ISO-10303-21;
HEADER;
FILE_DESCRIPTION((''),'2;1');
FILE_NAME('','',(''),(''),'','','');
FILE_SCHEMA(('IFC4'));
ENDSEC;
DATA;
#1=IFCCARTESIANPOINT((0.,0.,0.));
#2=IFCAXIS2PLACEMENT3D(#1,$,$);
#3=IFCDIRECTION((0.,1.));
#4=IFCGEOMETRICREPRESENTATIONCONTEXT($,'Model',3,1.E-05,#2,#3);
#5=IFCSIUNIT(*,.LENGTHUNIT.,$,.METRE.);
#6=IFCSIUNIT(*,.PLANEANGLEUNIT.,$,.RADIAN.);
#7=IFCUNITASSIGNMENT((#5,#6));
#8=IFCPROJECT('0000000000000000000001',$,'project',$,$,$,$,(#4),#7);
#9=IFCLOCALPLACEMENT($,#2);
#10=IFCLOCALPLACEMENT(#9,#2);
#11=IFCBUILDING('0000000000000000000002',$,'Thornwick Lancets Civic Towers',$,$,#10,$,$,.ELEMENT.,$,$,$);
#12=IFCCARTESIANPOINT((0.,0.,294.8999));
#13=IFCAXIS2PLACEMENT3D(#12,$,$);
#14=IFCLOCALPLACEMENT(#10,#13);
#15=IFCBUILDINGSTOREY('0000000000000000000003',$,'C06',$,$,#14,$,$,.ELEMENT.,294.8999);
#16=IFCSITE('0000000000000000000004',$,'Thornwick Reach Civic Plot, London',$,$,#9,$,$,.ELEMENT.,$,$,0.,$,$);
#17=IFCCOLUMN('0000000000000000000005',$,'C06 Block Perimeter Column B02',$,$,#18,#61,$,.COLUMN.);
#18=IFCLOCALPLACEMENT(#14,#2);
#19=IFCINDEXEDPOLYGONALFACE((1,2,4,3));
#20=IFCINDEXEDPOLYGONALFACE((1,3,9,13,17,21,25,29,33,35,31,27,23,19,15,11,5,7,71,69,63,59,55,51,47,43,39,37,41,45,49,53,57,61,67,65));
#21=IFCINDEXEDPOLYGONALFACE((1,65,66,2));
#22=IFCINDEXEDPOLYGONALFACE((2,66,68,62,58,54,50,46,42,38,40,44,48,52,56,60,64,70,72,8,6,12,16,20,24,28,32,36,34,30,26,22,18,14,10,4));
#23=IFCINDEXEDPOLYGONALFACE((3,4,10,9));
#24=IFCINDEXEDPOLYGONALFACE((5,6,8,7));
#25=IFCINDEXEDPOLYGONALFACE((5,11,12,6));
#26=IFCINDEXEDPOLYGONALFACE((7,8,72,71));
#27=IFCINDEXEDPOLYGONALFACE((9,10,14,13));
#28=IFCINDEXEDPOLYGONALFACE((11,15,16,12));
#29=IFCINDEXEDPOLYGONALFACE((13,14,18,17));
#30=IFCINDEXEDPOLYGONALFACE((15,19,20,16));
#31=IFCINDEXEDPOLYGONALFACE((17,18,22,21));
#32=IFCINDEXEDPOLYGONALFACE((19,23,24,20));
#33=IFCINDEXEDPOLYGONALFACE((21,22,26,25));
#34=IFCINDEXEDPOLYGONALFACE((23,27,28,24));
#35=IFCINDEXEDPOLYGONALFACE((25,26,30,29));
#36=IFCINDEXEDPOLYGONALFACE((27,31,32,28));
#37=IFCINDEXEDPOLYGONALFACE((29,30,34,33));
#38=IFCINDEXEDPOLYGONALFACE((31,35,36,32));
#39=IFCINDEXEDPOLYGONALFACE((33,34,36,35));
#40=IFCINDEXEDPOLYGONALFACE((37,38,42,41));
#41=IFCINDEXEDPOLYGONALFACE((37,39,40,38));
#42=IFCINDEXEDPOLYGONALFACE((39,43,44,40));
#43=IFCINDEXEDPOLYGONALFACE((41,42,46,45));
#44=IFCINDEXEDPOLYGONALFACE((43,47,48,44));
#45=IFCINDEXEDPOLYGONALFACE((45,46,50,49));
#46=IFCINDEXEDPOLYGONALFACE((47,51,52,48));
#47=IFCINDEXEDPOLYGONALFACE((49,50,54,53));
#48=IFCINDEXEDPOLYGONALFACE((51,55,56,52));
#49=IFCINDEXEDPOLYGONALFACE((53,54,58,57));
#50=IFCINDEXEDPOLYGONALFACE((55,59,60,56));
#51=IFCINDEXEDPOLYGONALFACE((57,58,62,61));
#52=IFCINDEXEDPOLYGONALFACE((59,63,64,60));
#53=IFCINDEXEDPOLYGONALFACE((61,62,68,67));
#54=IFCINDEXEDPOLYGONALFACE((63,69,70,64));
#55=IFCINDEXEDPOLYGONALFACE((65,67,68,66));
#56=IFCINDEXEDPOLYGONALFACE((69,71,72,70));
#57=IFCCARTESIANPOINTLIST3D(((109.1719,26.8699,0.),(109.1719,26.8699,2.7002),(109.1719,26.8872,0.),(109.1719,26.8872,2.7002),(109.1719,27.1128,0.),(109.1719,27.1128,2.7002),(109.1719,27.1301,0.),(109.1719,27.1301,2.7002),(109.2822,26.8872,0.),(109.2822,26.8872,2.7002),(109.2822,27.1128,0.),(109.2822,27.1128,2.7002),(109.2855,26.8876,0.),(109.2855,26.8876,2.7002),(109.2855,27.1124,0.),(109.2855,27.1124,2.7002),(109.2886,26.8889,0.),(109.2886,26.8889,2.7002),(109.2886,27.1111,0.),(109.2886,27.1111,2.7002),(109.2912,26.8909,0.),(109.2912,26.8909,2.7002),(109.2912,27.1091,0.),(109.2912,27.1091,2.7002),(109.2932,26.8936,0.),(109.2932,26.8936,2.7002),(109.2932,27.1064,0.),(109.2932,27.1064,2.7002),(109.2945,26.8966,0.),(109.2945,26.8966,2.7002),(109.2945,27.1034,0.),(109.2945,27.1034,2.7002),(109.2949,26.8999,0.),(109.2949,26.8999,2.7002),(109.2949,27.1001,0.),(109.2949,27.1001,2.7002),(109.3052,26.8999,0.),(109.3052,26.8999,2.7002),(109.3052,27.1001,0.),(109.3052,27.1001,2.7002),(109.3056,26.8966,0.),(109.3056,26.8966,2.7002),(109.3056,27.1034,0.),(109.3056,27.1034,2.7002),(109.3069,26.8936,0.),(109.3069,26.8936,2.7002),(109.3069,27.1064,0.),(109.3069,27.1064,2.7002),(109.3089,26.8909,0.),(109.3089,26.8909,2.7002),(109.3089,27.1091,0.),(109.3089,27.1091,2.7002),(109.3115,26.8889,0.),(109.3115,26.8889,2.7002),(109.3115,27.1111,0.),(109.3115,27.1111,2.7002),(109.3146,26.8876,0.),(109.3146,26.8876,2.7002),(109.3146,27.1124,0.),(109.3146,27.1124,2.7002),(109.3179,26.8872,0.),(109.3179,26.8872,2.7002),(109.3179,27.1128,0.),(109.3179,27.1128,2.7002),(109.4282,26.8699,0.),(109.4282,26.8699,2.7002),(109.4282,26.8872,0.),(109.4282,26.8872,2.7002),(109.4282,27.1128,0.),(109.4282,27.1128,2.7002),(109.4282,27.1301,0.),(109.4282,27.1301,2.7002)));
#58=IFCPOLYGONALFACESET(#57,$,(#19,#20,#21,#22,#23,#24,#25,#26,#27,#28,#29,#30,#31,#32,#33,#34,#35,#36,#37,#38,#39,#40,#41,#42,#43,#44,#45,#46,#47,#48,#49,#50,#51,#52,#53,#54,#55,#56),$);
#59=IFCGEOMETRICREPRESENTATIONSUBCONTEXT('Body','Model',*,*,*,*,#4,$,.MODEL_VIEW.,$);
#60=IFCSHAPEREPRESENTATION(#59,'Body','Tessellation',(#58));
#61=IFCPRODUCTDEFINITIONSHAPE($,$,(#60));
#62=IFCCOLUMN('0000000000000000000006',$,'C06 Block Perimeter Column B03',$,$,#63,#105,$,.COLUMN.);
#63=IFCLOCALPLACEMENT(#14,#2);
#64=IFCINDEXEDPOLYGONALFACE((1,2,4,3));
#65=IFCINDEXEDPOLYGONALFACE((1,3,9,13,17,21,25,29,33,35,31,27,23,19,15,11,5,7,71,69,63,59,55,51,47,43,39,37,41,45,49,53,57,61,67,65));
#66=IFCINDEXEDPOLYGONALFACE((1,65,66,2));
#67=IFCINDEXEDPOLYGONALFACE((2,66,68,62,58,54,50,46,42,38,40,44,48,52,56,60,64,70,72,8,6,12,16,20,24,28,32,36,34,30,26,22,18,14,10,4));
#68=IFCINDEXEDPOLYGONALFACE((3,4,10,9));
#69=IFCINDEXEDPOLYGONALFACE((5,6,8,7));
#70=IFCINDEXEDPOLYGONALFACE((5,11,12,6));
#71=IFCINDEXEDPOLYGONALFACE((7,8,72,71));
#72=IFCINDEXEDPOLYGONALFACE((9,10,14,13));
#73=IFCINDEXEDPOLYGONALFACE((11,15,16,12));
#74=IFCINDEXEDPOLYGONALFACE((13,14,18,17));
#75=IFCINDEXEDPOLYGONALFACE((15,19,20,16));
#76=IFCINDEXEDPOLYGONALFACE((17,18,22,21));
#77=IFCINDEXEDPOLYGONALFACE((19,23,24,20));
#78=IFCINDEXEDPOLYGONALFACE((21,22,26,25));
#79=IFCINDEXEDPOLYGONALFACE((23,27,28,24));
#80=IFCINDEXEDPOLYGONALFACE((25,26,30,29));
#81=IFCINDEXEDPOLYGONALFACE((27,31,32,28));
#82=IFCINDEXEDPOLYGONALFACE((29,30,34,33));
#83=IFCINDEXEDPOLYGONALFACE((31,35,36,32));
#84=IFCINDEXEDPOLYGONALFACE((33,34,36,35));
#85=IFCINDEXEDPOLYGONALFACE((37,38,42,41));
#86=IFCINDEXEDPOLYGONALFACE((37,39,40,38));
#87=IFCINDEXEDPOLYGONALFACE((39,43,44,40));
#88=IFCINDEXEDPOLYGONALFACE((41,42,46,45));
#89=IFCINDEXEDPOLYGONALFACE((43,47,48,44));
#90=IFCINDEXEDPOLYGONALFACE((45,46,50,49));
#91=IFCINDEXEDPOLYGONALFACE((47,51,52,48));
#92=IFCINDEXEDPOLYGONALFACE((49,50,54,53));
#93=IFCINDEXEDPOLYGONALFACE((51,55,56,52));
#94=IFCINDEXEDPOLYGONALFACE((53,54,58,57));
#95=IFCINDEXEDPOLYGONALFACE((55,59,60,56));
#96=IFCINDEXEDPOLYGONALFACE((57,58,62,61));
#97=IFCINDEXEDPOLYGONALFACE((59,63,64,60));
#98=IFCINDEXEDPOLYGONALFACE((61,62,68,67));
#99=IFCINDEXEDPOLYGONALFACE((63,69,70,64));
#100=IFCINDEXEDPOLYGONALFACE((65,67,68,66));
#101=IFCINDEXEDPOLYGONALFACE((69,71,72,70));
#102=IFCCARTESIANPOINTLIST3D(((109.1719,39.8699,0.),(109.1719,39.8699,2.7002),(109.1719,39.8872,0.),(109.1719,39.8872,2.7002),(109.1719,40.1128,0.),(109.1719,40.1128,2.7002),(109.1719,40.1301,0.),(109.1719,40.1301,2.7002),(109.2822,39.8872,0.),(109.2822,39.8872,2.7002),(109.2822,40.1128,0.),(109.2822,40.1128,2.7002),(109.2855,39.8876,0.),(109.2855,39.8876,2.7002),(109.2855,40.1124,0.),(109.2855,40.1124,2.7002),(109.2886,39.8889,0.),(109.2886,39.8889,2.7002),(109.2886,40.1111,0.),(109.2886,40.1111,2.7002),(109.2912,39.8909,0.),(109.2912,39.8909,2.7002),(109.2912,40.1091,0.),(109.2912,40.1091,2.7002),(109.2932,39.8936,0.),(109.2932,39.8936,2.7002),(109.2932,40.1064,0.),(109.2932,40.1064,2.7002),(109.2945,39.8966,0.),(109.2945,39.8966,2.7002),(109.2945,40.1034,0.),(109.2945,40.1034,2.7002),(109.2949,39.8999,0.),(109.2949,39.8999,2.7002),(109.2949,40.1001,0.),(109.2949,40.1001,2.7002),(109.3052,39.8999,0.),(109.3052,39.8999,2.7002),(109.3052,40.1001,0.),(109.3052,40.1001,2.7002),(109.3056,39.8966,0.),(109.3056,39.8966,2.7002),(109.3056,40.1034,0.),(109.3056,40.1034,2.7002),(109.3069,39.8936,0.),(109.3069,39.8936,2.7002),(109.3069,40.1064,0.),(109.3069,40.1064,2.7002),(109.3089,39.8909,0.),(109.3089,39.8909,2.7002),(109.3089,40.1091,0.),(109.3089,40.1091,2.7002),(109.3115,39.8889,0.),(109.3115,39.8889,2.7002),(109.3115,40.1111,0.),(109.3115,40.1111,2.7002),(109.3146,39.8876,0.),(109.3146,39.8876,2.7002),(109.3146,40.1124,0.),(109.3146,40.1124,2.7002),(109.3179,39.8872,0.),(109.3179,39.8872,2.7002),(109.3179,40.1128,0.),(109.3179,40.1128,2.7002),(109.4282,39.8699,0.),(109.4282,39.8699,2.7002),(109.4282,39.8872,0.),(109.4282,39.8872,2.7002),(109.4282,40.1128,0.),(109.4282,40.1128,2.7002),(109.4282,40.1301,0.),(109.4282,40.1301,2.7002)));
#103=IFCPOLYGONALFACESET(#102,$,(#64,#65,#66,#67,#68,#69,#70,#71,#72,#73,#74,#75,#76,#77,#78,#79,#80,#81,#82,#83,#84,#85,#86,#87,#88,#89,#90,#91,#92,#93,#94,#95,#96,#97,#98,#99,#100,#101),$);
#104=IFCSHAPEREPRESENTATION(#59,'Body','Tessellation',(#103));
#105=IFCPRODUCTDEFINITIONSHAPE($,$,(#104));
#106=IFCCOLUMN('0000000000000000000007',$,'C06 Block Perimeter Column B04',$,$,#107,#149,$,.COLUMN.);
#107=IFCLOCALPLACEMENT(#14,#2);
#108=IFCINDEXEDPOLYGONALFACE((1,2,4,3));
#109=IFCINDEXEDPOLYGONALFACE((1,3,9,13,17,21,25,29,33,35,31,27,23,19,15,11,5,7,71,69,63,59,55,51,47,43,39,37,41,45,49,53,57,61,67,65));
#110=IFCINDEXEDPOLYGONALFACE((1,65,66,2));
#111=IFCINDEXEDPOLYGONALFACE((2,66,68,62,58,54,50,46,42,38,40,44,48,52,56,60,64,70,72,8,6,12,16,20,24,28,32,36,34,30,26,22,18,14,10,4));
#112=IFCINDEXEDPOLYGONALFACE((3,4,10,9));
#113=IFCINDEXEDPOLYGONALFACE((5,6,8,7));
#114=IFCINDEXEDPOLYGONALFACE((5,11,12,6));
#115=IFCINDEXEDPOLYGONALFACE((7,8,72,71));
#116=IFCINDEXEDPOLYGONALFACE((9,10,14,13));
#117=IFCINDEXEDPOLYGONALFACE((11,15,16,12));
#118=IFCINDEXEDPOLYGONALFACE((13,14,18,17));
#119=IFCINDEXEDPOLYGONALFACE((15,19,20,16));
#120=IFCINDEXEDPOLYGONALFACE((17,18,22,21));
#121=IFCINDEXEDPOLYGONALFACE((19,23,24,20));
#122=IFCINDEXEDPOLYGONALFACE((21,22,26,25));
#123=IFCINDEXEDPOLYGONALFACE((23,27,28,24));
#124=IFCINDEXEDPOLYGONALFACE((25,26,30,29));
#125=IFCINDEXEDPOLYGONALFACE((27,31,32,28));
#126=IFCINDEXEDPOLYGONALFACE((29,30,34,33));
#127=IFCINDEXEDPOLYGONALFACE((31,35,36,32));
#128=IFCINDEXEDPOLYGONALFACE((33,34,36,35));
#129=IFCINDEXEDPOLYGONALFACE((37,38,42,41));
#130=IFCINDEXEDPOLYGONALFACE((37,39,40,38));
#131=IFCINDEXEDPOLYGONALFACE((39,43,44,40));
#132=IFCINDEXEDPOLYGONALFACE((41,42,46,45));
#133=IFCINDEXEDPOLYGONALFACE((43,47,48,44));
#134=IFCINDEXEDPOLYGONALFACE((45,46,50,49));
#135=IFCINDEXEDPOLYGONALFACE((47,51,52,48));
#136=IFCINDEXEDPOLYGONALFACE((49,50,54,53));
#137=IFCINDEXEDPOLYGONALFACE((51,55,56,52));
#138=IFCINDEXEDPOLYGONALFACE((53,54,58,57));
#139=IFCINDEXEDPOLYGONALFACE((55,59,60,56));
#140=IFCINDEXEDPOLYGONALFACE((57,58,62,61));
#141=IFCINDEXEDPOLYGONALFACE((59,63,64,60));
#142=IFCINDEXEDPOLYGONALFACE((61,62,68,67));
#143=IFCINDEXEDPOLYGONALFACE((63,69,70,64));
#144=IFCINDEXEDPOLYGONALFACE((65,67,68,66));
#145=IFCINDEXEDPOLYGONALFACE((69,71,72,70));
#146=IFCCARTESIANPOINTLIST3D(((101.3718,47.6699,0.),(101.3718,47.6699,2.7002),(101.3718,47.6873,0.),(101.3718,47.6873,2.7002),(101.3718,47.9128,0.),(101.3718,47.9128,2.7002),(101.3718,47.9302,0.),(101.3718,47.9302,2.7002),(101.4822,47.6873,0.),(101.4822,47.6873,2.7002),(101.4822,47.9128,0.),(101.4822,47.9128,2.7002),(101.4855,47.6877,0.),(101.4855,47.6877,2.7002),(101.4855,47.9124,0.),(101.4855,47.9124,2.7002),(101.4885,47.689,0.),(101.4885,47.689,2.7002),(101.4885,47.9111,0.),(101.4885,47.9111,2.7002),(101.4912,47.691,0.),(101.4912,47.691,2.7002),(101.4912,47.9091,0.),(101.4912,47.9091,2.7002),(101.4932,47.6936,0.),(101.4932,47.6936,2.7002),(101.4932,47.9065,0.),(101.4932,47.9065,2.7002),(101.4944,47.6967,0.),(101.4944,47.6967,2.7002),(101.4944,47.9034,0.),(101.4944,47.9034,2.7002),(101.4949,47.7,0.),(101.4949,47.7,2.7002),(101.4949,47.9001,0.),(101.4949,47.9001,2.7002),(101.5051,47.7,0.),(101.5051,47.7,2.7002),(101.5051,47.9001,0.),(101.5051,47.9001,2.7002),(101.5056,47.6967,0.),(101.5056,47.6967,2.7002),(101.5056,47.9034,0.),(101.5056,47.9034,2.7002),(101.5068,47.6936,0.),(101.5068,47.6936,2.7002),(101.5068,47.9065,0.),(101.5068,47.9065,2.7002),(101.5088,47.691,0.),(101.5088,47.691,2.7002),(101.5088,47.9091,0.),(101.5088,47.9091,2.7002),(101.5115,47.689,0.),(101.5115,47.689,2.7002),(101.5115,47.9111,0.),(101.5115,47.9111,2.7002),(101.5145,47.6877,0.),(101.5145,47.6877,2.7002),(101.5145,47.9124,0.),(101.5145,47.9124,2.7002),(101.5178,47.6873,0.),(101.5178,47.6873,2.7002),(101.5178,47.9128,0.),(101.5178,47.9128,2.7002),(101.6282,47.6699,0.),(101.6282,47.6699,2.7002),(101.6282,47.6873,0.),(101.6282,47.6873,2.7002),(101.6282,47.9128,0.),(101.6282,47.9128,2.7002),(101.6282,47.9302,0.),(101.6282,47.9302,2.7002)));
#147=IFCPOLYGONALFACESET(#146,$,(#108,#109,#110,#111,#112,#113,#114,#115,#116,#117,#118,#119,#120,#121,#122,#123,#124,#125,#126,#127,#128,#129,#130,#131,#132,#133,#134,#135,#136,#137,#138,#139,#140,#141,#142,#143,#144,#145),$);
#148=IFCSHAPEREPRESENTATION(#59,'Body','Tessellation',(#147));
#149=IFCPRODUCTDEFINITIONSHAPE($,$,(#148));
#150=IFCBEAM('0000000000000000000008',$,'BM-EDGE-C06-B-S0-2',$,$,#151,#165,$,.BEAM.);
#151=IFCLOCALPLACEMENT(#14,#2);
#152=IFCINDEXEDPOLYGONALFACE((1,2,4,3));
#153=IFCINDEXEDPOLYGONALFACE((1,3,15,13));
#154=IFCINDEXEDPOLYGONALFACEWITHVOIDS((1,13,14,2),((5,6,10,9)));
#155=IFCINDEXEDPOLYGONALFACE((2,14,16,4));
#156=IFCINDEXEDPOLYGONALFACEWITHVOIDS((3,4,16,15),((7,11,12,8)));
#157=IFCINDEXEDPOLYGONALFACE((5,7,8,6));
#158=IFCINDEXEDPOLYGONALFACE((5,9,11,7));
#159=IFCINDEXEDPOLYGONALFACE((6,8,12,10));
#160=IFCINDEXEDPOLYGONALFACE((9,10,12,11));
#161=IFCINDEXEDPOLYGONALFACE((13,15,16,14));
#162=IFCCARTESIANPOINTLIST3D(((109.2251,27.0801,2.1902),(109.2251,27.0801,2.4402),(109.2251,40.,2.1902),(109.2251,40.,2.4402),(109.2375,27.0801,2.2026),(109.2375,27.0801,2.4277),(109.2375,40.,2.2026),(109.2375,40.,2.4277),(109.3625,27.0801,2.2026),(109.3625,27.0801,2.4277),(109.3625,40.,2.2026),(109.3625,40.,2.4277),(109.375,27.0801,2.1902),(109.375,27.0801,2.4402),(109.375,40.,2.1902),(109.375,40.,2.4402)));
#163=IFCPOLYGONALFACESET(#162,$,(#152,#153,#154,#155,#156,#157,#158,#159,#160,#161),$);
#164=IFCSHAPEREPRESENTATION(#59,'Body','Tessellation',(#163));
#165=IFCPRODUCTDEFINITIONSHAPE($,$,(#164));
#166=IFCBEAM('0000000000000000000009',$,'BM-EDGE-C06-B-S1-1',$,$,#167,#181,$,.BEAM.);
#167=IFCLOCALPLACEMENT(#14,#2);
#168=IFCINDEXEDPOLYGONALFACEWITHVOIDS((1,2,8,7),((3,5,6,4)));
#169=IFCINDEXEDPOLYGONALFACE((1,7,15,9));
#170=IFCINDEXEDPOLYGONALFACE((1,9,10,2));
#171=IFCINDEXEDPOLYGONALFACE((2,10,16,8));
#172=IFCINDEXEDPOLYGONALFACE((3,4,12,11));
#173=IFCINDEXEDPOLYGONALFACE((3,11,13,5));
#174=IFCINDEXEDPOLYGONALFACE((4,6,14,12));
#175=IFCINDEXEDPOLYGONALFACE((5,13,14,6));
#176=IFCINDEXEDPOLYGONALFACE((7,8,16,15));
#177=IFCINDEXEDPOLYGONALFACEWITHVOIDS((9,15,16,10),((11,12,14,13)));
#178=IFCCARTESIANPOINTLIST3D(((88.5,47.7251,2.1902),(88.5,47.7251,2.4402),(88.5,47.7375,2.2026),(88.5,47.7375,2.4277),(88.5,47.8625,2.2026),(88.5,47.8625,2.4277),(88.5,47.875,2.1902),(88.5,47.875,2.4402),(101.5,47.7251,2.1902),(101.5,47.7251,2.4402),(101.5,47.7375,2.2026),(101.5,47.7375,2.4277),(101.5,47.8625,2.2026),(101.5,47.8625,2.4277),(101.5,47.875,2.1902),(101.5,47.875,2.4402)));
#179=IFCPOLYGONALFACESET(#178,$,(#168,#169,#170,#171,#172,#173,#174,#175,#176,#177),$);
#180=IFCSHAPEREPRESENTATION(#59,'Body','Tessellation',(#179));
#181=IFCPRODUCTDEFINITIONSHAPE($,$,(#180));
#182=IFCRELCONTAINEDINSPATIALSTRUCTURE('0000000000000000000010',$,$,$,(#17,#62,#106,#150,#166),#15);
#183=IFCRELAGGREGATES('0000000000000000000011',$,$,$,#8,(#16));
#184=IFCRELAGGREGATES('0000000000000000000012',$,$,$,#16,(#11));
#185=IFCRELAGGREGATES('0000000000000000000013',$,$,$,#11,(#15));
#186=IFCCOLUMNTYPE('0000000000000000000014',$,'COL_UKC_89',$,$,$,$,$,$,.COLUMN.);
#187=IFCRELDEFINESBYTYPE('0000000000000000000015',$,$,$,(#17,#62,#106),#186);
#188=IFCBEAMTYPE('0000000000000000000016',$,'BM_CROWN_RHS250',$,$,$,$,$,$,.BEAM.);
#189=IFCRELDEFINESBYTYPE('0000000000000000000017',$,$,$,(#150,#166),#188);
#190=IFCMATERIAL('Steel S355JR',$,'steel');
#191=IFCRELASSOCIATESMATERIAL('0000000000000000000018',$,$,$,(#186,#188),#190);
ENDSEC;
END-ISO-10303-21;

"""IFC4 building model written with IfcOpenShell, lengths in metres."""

from ifc_helpers import new_model, si_unit, direction, frame, origin, origin_2d, place, context, subcontext, project, spatial, hollow_rectangle, i_section, extrude, material, material_profile, profile_set, type_object, element, save


model = new_model("IFC4")

# Units and contexts
model_context = context("Model", 3, precision=1e-05, world=origin(), true_north=direction((0.0, 1.0)))
body_context = subcontext(model_context, "Body", "Model", "MODEL_VIEW")
ifc_project = project(units=[si_unit("LENGTHUNIT", "METRE"), si_unit("PLANEANGLEUNIT", "RADIAN")], contexts=[model_context])

# Site, building, storey
site_placement = place(None, origin())
site = spatial("IfcSite", under=ifc_project, at=site_placement, Name="Thornwick Reach Civic Plot, London", CompositionType="ELEMENT", RefElevation=0.0)
building_placement = place(site_placement, origin())
building = spatial("IfcBuilding", under=site, at=building_placement, Name="Thornwick Lancets Civic Towers", CompositionType="ELEMENT")
storey_placement = place(building_placement, frame((0.0, 0.0, 294.8999)))
storey = spatial("IfcBuildingStorey", under=building, at=storey_placement, Name="C06", CompositionType="ELEMENT", Elevation=294.8999)

# Columns
ifc_material_1 = material(Name="Steel S355JR", Category="steel")
ifc_material_profile_1 = material_profile(ifc_material_1, i_section(OverallWidth=0.2563, OverallDepth=0.2603, WebThickness=0.0103, FlangeThickness=0.0173, FilletRadius=0.0127, at=origin_2d()), Name="UKC 254x254x89")
ifc_profile_set_1 = profile_set([ifc_material_profile_1], Name="Steel S355JR")
column_type_1 = type_object("IfcColumnType", Name="COL_UKC_89", PredefinedType="COLUMN", material=ifc_profile_set_1)
for number, where, z_axis, x_axis, name in (
    (1, (109.3, 27.0, 0.0), (0.0, 0.0, 1.0), (1.0, 0.0, 0.0), "C06 Block Perimeter Column B02"),
    (2, (109.3, 40.0, 0.0), (0.0, 0.0, 1.0), (1.0, 0.0, 0.0), "C06 Block Perimeter Column B03"),
    (3, (101.5, 47.8, 0.0), (0.0, 0.0, 1.0), (1.0, 0.0, 0.0), "C06 Block Perimeter Column B04"),
):
    element("IfcColumn", number, at=place(storey_placement, frame(where, z_axis=z_axis, x_axis=x_axis)), inside=storey, type_object=column_type_1, Name=name, PredefinedType="COLUMN", context=body_context, shape_type="SweptSolid", body=[
        extrude(i_section(OverallWidth=0.2563, OverallDepth=0.2603, WebThickness=0.0103, FlangeThickness=0.0173, FilletRadius=0.0127, at=origin_2d()), origin(), (0.0, 0.0, 1.0), 2.7002),
    ])

# Beams
ifc_material_profile_2 = material_profile(ifc_material_1, hollow_rectangle(XDim=0.1499, YDim=0.25, WallThickness=0.0125, at=origin_2d()), Name="RHS 250x150x12.5")
ifc_profile_set_2 = profile_set([ifc_material_profile_2], Name="Steel S355JR")
beam_type_1 = type_object("IfcBeamType", Name="BM_CROWN_RHS250", PredefinedType="BEAM", material=ifc_profile_set_2)
beam_1_placement = place(storey_placement, frame((109.3, 27.0801, 2.3152), z_axis=(0.0, 1.0, 0.0), x_axis=(-1.0, 0.0, 0.0)))
element("IfcBeam", 4, at=beam_1_placement, inside=storey, type_object=beam_type_1, Name="BM-EDGE-C06-B-S0-2", PredefinedType="BEAM", context=body_context, shape_type="SweptSolid", body=[
    extrude(hollow_rectangle(XDim=0.1499, YDim=0.25, WallThickness=0.0125, at=origin_2d()), origin(), (0.0, 0.0, 1.0), 12.9199),
])
beam_2_placement = place(storey_placement, frame((101.5, 47.8, 2.3152), z_axis=(-1.0, 0.0, 0.0), x_axis=(0.0, -1.0, 0.0)))
element("IfcBeam", 5, at=beam_2_placement, inside=storey, type_object=beam_type_1, Name="BM-EDGE-C06-B-S1-1", PredefinedType="BEAM", context=body_context, shape_type="SweptSolid", body=[
    extrude(hollow_rectangle(XDim=0.1499, YDim=0.25, WallThickness=0.0125, at=origin_2d()), origin(), (0.0, 0.0, 1.0), 13.0),
])

save(model, "model.ifc")
